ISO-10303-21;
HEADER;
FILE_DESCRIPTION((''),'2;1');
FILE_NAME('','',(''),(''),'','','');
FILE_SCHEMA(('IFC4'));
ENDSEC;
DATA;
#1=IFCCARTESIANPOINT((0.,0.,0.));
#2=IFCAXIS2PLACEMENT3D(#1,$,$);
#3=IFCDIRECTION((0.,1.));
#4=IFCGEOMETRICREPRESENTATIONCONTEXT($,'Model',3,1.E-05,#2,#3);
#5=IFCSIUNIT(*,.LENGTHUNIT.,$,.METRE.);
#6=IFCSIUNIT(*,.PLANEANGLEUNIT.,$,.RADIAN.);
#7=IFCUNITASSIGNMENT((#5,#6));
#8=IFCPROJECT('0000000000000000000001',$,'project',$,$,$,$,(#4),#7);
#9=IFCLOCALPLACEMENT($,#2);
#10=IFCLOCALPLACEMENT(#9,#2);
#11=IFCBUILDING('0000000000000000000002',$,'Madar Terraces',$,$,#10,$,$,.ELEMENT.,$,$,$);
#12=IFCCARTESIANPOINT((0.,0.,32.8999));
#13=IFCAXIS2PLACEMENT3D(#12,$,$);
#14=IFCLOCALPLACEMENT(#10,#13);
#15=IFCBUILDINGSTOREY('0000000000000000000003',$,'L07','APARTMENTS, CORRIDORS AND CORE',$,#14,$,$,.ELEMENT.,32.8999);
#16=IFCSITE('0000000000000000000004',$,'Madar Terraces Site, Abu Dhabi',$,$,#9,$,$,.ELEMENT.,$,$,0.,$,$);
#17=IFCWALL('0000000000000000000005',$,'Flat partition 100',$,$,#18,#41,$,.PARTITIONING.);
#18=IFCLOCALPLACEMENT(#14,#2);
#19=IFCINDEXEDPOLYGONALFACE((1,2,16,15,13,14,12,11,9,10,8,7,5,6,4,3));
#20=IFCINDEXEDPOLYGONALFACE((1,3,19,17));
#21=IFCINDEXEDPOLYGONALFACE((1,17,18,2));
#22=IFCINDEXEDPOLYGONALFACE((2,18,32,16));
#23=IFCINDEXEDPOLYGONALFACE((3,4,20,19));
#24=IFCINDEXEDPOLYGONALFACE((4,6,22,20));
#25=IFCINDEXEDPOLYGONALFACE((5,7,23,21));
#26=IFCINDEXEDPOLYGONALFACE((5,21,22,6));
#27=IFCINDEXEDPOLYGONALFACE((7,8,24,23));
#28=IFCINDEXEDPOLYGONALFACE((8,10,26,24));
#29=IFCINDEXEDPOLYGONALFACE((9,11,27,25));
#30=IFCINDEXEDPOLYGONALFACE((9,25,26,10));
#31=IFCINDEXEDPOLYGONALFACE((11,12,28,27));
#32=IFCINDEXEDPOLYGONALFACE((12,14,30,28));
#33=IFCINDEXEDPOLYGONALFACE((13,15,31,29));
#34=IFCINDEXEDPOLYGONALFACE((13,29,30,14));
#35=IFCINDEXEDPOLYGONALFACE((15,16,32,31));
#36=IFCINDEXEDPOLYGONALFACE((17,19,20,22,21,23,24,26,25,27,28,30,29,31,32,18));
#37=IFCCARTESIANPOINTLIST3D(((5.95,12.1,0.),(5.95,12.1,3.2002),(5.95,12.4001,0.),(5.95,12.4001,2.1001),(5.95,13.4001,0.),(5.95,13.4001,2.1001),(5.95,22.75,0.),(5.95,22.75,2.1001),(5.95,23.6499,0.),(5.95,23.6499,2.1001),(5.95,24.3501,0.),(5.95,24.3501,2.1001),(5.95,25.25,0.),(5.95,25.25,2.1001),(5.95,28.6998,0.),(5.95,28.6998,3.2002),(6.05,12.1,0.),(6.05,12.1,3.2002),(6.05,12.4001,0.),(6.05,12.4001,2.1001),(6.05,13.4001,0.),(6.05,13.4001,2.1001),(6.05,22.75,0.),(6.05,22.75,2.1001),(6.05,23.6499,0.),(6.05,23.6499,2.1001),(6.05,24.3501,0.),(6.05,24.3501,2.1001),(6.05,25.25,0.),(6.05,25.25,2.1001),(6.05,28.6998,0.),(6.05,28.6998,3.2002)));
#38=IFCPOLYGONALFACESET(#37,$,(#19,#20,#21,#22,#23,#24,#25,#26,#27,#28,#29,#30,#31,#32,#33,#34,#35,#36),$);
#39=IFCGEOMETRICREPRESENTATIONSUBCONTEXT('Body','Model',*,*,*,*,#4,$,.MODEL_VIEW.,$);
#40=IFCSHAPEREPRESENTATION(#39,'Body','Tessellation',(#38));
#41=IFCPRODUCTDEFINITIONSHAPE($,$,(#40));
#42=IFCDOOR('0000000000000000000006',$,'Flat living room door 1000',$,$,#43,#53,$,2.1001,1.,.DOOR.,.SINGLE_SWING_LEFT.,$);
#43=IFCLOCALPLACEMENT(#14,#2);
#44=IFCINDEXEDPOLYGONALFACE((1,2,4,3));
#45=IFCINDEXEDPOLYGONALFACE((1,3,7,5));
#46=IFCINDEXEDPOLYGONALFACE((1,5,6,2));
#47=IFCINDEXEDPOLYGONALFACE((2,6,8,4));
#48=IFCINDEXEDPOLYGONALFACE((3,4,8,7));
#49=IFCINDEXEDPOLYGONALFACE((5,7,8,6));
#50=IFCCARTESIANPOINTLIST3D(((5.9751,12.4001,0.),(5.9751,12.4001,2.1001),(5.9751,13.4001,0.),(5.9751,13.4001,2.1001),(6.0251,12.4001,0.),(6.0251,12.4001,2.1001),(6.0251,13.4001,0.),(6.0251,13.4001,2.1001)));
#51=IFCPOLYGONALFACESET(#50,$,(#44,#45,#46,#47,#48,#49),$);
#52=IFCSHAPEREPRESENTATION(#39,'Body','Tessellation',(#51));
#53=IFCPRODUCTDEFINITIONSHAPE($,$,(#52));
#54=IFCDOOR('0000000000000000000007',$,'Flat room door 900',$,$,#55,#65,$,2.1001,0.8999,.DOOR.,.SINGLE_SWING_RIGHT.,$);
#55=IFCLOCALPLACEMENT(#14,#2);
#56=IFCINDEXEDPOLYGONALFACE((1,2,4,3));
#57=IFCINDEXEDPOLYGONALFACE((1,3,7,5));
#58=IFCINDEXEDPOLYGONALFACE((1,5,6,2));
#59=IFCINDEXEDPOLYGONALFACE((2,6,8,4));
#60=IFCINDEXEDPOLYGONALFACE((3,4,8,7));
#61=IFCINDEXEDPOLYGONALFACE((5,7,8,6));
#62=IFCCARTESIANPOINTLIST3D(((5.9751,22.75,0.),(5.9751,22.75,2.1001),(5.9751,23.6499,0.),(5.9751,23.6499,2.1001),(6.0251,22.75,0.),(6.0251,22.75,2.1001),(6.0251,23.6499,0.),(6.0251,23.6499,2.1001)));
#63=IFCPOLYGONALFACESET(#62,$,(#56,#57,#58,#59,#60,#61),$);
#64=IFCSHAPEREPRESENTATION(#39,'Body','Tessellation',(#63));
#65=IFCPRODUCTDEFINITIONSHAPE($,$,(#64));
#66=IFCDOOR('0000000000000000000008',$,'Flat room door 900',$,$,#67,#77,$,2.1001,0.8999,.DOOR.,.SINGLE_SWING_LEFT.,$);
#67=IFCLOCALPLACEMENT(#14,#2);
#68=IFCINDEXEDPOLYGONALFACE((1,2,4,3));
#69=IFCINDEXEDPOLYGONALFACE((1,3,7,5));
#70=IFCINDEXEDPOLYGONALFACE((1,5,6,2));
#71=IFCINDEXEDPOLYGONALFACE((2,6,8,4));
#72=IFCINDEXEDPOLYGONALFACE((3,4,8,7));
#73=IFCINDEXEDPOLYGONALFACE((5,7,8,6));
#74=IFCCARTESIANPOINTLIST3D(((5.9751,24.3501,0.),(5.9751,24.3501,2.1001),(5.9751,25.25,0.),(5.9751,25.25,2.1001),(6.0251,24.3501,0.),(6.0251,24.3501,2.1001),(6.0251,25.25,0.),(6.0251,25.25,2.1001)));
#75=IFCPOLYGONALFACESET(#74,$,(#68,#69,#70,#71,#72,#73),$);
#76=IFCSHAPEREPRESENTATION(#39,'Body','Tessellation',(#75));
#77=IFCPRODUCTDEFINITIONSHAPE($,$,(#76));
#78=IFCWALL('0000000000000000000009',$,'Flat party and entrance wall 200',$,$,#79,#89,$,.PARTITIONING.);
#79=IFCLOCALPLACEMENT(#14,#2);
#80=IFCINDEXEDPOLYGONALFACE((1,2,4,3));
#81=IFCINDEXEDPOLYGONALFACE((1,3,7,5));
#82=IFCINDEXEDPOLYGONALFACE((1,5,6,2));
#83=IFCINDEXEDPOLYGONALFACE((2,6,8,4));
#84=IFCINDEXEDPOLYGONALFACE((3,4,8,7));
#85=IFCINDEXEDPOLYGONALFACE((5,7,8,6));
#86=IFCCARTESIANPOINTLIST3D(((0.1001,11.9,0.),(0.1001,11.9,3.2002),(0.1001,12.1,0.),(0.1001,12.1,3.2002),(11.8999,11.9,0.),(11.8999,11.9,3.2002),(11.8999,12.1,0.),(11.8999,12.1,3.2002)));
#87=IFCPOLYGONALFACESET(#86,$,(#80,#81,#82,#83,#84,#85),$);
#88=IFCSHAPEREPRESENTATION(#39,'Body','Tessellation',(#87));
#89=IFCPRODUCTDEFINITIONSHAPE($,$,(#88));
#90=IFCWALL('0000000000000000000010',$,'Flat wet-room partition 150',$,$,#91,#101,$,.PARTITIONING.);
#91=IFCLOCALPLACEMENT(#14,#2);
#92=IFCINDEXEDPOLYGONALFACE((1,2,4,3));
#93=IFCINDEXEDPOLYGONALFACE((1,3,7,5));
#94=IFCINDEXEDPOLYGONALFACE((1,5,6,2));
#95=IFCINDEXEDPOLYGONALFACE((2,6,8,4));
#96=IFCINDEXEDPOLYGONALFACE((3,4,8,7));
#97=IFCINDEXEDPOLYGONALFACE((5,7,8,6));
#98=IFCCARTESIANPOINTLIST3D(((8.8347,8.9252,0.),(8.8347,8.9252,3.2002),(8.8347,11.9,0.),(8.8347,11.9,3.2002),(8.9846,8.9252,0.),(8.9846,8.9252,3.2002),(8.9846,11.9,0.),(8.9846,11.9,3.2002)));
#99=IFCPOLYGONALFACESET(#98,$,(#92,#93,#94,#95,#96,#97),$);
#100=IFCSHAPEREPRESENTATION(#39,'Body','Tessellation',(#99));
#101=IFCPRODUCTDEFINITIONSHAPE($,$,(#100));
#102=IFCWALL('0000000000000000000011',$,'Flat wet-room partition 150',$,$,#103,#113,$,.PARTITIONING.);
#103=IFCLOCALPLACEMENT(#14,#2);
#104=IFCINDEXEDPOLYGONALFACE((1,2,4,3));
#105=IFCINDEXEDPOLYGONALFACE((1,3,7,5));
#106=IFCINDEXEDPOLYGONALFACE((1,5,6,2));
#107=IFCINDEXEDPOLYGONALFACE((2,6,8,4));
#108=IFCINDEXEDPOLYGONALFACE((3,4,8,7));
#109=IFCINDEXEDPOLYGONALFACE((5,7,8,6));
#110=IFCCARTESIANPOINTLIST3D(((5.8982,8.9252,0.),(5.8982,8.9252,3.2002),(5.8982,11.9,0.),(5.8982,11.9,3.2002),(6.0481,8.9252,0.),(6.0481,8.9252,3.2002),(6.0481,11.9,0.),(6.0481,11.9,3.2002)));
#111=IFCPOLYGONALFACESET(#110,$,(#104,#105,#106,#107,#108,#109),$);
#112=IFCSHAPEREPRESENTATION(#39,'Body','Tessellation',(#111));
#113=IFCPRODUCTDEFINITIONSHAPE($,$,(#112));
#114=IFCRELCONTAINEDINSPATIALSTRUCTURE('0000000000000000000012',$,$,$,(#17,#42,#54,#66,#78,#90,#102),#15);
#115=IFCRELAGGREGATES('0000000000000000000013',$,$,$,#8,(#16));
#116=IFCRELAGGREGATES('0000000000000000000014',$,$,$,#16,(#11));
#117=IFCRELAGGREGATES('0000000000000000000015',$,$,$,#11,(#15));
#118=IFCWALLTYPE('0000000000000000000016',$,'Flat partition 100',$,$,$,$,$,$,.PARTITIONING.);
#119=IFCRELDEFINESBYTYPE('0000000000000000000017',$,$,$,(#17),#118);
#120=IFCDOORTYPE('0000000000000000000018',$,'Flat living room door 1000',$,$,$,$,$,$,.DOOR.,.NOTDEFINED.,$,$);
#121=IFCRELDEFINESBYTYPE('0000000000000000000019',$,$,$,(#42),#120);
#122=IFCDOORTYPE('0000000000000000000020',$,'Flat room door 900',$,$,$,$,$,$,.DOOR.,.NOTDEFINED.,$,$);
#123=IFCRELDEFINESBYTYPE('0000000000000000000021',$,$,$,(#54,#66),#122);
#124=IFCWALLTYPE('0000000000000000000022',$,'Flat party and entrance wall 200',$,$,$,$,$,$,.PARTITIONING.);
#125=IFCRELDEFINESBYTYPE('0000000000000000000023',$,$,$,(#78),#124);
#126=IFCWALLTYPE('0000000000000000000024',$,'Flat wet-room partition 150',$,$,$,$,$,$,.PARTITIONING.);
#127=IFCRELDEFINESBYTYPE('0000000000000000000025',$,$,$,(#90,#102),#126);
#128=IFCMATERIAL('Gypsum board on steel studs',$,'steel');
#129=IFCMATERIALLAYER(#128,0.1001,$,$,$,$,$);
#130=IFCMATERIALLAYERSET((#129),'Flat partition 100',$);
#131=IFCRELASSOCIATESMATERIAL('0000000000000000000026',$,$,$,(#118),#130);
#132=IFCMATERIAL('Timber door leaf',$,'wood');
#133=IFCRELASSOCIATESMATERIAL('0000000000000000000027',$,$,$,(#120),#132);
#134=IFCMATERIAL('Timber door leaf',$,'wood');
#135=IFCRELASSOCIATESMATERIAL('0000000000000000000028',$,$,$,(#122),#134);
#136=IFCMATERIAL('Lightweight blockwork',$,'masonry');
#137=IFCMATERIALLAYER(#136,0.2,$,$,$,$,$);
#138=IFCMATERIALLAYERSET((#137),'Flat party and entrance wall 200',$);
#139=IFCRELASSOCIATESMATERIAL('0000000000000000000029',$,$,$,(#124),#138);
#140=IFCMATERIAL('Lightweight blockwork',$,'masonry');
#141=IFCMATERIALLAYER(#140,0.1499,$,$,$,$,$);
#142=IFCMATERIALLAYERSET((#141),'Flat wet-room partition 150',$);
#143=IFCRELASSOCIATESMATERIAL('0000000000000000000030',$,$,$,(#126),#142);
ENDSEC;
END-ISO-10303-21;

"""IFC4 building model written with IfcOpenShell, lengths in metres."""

from ifc_helpers import new_model, si_unit, direction, frame, frame_2d, origin, place, context, subcontext, project, spatial, rectangle, extrude, material, layer, layer_set, type_object, element, fill, save


model = new_model("IFC4")

# Units and contexts
model_context = context("Model", 3, precision=1e-05, world=origin(), true_north=direction((0.0, 1.0)))
body_context = subcontext(model_context, "Body", "Model", "MODEL_VIEW")
ifc_project = project(units=[si_unit("LENGTHUNIT", "METRE"), si_unit("PLANEANGLEUNIT", "RADIAN")], contexts=[model_context])

# Site, building, storey
site_placement = place(None, origin())
site = spatial("IfcSite", under=ifc_project, at=site_placement, Name="Madar Terraces Site, Abu Dhabi", CompositionType="ELEMENT", RefElevation=0.0)
building_placement = place(site_placement, origin())
building = spatial("IfcBuilding", under=site, at=building_placement, Name="Madar Terraces", CompositionType="ELEMENT")
storey_placement = place(building_placement, frame((0.0, 0.0, 32.8999)))
storey = spatial("IfcBuildingStorey", under=building, at=storey_placement, Name="L07", Description="APARTMENTS, CORRIDORS AND CORE", CompositionType="ELEMENT", Elevation=32.8999)

# Shared definitions
ifc_material_1 = material(Name="Gypsum board on steel studs", Category="steel")
ifc_layer_1 = layer(ifc_material_1, 0.1001)
ifc_layer_set_1 = layer_set([ifc_layer_1], Name="Flat partition 100")
wall_type_1 = type_object("IfcWallType", Name="Flat partition 100", PredefinedType="PARTITIONING", material=ifc_layer_set_1)

# Wall, openings, doors
wall_1_placement = place(storey_placement, frame((6.0, 12.1001, 0.0), z_axis=(0.0, 0.0, 1.0), x_axis=(0.0, 1.0, 0.0)))
wall_1 = element("IfcWall", 1, at=wall_1_placement, inside=storey, type_object=wall_type_1, Name="Flat partition 100", PredefinedType="PARTITIONING", context=body_context, shape_type="SweptSolid", body=[
    extrude(rectangle(XDim=16.5999, YDim=0.1001, at=frame_2d((8.2998, 0.0))), origin(), (0.0, 0.0, 1.0), 3.2002),
])
opening_1_placement = place(wall_1_placement, frame((0.3, 0.0, 0.0)))
opening_1 = element("IfcOpeningElement", 2, at=opening_1_placement, cuts=wall_1, PredefinedType="OPENING", context=body_context, shape_type="SweptSolid", body=[
    extrude(rectangle(XDim=1.0, YDim=2.1001, at=frame_2d((0.5, 1.05))), frame((0.0, 0.0601, 0.0), z_axis=(0.0, -1.0, 0.0), x_axis=(1.0, 0.0, 0.0)), (0.0, 0.0, 1.0), 0.1201),
])
opening_2_placement = place(wall_1_placement, frame((10.6499, 0.0, 0.0)))
opening_2 = element("IfcOpeningElement", 3, at=opening_2_placement, cuts=wall_1, PredefinedType="OPENING", context=body_context, shape_type="SweptSolid", body=[
    extrude(rectangle(XDim=0.8999, YDim=2.1001, at=frame_2d((0.45, 1.05))), frame((0.0, 0.0601, 0.0), z_axis=(0.0, -1.0, 0.0), x_axis=(1.0, 0.0, 0.0)), (0.0, 0.0, 1.0), 0.1201),
])
opening_3_placement = place(wall_1_placement, frame((12.25, 0.0, 0.0)))
opening_3 = element("IfcOpeningElement", 4, at=opening_3_placement, cuts=wall_1, PredefinedType="OPENING", context=body_context, shape_type="SweptSolid", body=[
    extrude(rectangle(XDim=0.8999, YDim=2.1001, at=frame_2d((0.45, 1.05))), frame((0.0, 0.0601, 0.0), z_axis=(0.0, -1.0, 0.0), x_axis=(1.0, 0.0, 0.0)), (0.0, 0.0, 1.0), 0.1201),
])
ifc_material_2 = material(Name="Timber door leaf", Category="wood")
door_type_1 = type_object("IfcDoorType", Name="Flat living room door 1000", OperationType="NOTDEFINED", PredefinedType="DOOR", material=ifc_material_2)
door_1_placement = place(opening_1_placement, origin())
door_1 = element("IfcDoor", 5, at=door_1_placement, inside=storey, type_object=door_type_1, Name="Flat living room door 1000", OperationType="SINGLE_SWING_LEFT", OverallHeight=2.1001, OverallWidth=1.0, PredefinedType="DOOR", context=body_context, shape_type="SweptSolid", body=[
    extrude(rectangle(XDim=1.0, YDim=2.1001, at=frame_2d((0.5, 1.05))), frame((0.0, 0.0249, 0.0), z_axis=(0.0, -1.0, 0.0), x_axis=(1.0, 0.0, 0.0)), (0.0, 0.0, 1.0), 0.05),
])
fill(opening_1, door_1)
ifc_material_3 = material(Name="Timber door leaf", Category="wood")
door_type_2 = type_object("IfcDoorType", Name="Flat room door 900", OperationType="NOTDEFINED", PredefinedType="DOOR", material=ifc_material_3)
door_2_placement = place(opening_2_placement, origin())
door_2 = element("IfcDoor", 6, at=door_2_placement, inside=storey, type_object=door_type_2, Name="Flat room door 900", OperationType="SINGLE_SWING_RIGHT", OverallHeight=2.1001, OverallWidth=0.8999, PredefinedType="DOOR", context=body_context, shape_type="SweptSolid", body=[
    extrude(rectangle(XDim=0.8999, YDim=2.1001, at=frame_2d((0.45, 1.05))), frame((0.0, 0.0249, 0.0), z_axis=(0.0, -1.0, 0.0), x_axis=(1.0, 0.0, 0.0)), (0.0, 0.0, 1.0), 0.05),
])
fill(opening_2, door_2)
door_3_placement = place(opening_3_placement, origin())
door_3 = element("IfcDoor", 7, at=door_3_placement, inside=storey, type_object=door_type_2, Name="Flat room door 900", OperationType="SINGLE_SWING_LEFT", OverallHeight=2.1001, OverallWidth=0.8999, PredefinedType="DOOR", context=body_context, shape_type="SweptSolid", body=[
    extrude(rectangle(XDim=0.8999, YDim=2.1001, at=frame_2d((0.45, 1.05))), frame((0.0, 0.0249, 0.0), z_axis=(0.0, -1.0, 0.0), x_axis=(1.0, 0.0, 0.0)), (0.0, 0.0, 1.0), 0.05),
])
fill(opening_3, door_3)

# Walls
ifc_material_4 = material(Name="Lightweight blockwork", Category="masonry")
ifc_layer_2 = layer(ifc_material_4, 0.2)
ifc_layer_set_2 = layer_set([ifc_layer_2], Name="Flat party and entrance wall 200")
wall_type_2 = type_object("IfcWallType", Name="Flat party and entrance wall 200", PredefinedType="PARTITIONING", material=ifc_layer_set_2)
wall_2_placement = place(storey_placement, frame((0.1001, 12.0, 0.0), z_axis=(0.0, 0.0, 1.0), x_axis=(1.0, 0.0, 0.0)))
element("IfcWall", 8, at=wall_2_placement, inside=storey, type_object=wall_type_2, Name="Flat party and entrance wall 200", PredefinedType="PARTITIONING", context=body_context, shape_type="SweptSolid", body=[
    extrude(rectangle(XDim=11.7998, YDim=0.2, at=frame_2d((5.8999, 0.0))), origin(), (0.0, 0.0, 1.0), 3.2002),
])
ifc_material_5 = material(Name="Lightweight blockwork", Category="masonry")
ifc_layer_3 = layer(ifc_material_5, 0.1499)
ifc_layer_set_3 = layer_set([ifc_layer_3], Name="Flat wet-room partition 150")
wall_type_3 = type_object("IfcWallType", Name="Flat wet-room partition 150", PredefinedType="PARTITIONING", material=ifc_layer_set_3)
for number, where, z_axis, x_axis, name in (
    (9, (8.9097, 11.8999, 0.0), (0.0, 0.0, 1.0), (0.0, -1.0, 0.0), "Flat wet-room partition 150"),
    (10, (5.9731, 11.8999, 0.0), (0.0, 0.0, 1.0), (0.0, -1.0, 0.0), "Flat wet-room partition 150"),
):
    element("IfcWall", number, at=place(storey_placement, frame(where, z_axis=z_axis, x_axis=x_axis)), inside=storey, type_object=wall_type_3, Name=name, PredefinedType="PARTITIONING", context=body_context, shape_type="SweptSolid", body=[
        extrude(rectangle(XDim=2.9749, YDim=0.1499, at=frame_2d((1.4873, 0.0))), origin(), (0.0, 0.0, 1.0), 3.2002),
    ])

save(model, "model.ifc")
